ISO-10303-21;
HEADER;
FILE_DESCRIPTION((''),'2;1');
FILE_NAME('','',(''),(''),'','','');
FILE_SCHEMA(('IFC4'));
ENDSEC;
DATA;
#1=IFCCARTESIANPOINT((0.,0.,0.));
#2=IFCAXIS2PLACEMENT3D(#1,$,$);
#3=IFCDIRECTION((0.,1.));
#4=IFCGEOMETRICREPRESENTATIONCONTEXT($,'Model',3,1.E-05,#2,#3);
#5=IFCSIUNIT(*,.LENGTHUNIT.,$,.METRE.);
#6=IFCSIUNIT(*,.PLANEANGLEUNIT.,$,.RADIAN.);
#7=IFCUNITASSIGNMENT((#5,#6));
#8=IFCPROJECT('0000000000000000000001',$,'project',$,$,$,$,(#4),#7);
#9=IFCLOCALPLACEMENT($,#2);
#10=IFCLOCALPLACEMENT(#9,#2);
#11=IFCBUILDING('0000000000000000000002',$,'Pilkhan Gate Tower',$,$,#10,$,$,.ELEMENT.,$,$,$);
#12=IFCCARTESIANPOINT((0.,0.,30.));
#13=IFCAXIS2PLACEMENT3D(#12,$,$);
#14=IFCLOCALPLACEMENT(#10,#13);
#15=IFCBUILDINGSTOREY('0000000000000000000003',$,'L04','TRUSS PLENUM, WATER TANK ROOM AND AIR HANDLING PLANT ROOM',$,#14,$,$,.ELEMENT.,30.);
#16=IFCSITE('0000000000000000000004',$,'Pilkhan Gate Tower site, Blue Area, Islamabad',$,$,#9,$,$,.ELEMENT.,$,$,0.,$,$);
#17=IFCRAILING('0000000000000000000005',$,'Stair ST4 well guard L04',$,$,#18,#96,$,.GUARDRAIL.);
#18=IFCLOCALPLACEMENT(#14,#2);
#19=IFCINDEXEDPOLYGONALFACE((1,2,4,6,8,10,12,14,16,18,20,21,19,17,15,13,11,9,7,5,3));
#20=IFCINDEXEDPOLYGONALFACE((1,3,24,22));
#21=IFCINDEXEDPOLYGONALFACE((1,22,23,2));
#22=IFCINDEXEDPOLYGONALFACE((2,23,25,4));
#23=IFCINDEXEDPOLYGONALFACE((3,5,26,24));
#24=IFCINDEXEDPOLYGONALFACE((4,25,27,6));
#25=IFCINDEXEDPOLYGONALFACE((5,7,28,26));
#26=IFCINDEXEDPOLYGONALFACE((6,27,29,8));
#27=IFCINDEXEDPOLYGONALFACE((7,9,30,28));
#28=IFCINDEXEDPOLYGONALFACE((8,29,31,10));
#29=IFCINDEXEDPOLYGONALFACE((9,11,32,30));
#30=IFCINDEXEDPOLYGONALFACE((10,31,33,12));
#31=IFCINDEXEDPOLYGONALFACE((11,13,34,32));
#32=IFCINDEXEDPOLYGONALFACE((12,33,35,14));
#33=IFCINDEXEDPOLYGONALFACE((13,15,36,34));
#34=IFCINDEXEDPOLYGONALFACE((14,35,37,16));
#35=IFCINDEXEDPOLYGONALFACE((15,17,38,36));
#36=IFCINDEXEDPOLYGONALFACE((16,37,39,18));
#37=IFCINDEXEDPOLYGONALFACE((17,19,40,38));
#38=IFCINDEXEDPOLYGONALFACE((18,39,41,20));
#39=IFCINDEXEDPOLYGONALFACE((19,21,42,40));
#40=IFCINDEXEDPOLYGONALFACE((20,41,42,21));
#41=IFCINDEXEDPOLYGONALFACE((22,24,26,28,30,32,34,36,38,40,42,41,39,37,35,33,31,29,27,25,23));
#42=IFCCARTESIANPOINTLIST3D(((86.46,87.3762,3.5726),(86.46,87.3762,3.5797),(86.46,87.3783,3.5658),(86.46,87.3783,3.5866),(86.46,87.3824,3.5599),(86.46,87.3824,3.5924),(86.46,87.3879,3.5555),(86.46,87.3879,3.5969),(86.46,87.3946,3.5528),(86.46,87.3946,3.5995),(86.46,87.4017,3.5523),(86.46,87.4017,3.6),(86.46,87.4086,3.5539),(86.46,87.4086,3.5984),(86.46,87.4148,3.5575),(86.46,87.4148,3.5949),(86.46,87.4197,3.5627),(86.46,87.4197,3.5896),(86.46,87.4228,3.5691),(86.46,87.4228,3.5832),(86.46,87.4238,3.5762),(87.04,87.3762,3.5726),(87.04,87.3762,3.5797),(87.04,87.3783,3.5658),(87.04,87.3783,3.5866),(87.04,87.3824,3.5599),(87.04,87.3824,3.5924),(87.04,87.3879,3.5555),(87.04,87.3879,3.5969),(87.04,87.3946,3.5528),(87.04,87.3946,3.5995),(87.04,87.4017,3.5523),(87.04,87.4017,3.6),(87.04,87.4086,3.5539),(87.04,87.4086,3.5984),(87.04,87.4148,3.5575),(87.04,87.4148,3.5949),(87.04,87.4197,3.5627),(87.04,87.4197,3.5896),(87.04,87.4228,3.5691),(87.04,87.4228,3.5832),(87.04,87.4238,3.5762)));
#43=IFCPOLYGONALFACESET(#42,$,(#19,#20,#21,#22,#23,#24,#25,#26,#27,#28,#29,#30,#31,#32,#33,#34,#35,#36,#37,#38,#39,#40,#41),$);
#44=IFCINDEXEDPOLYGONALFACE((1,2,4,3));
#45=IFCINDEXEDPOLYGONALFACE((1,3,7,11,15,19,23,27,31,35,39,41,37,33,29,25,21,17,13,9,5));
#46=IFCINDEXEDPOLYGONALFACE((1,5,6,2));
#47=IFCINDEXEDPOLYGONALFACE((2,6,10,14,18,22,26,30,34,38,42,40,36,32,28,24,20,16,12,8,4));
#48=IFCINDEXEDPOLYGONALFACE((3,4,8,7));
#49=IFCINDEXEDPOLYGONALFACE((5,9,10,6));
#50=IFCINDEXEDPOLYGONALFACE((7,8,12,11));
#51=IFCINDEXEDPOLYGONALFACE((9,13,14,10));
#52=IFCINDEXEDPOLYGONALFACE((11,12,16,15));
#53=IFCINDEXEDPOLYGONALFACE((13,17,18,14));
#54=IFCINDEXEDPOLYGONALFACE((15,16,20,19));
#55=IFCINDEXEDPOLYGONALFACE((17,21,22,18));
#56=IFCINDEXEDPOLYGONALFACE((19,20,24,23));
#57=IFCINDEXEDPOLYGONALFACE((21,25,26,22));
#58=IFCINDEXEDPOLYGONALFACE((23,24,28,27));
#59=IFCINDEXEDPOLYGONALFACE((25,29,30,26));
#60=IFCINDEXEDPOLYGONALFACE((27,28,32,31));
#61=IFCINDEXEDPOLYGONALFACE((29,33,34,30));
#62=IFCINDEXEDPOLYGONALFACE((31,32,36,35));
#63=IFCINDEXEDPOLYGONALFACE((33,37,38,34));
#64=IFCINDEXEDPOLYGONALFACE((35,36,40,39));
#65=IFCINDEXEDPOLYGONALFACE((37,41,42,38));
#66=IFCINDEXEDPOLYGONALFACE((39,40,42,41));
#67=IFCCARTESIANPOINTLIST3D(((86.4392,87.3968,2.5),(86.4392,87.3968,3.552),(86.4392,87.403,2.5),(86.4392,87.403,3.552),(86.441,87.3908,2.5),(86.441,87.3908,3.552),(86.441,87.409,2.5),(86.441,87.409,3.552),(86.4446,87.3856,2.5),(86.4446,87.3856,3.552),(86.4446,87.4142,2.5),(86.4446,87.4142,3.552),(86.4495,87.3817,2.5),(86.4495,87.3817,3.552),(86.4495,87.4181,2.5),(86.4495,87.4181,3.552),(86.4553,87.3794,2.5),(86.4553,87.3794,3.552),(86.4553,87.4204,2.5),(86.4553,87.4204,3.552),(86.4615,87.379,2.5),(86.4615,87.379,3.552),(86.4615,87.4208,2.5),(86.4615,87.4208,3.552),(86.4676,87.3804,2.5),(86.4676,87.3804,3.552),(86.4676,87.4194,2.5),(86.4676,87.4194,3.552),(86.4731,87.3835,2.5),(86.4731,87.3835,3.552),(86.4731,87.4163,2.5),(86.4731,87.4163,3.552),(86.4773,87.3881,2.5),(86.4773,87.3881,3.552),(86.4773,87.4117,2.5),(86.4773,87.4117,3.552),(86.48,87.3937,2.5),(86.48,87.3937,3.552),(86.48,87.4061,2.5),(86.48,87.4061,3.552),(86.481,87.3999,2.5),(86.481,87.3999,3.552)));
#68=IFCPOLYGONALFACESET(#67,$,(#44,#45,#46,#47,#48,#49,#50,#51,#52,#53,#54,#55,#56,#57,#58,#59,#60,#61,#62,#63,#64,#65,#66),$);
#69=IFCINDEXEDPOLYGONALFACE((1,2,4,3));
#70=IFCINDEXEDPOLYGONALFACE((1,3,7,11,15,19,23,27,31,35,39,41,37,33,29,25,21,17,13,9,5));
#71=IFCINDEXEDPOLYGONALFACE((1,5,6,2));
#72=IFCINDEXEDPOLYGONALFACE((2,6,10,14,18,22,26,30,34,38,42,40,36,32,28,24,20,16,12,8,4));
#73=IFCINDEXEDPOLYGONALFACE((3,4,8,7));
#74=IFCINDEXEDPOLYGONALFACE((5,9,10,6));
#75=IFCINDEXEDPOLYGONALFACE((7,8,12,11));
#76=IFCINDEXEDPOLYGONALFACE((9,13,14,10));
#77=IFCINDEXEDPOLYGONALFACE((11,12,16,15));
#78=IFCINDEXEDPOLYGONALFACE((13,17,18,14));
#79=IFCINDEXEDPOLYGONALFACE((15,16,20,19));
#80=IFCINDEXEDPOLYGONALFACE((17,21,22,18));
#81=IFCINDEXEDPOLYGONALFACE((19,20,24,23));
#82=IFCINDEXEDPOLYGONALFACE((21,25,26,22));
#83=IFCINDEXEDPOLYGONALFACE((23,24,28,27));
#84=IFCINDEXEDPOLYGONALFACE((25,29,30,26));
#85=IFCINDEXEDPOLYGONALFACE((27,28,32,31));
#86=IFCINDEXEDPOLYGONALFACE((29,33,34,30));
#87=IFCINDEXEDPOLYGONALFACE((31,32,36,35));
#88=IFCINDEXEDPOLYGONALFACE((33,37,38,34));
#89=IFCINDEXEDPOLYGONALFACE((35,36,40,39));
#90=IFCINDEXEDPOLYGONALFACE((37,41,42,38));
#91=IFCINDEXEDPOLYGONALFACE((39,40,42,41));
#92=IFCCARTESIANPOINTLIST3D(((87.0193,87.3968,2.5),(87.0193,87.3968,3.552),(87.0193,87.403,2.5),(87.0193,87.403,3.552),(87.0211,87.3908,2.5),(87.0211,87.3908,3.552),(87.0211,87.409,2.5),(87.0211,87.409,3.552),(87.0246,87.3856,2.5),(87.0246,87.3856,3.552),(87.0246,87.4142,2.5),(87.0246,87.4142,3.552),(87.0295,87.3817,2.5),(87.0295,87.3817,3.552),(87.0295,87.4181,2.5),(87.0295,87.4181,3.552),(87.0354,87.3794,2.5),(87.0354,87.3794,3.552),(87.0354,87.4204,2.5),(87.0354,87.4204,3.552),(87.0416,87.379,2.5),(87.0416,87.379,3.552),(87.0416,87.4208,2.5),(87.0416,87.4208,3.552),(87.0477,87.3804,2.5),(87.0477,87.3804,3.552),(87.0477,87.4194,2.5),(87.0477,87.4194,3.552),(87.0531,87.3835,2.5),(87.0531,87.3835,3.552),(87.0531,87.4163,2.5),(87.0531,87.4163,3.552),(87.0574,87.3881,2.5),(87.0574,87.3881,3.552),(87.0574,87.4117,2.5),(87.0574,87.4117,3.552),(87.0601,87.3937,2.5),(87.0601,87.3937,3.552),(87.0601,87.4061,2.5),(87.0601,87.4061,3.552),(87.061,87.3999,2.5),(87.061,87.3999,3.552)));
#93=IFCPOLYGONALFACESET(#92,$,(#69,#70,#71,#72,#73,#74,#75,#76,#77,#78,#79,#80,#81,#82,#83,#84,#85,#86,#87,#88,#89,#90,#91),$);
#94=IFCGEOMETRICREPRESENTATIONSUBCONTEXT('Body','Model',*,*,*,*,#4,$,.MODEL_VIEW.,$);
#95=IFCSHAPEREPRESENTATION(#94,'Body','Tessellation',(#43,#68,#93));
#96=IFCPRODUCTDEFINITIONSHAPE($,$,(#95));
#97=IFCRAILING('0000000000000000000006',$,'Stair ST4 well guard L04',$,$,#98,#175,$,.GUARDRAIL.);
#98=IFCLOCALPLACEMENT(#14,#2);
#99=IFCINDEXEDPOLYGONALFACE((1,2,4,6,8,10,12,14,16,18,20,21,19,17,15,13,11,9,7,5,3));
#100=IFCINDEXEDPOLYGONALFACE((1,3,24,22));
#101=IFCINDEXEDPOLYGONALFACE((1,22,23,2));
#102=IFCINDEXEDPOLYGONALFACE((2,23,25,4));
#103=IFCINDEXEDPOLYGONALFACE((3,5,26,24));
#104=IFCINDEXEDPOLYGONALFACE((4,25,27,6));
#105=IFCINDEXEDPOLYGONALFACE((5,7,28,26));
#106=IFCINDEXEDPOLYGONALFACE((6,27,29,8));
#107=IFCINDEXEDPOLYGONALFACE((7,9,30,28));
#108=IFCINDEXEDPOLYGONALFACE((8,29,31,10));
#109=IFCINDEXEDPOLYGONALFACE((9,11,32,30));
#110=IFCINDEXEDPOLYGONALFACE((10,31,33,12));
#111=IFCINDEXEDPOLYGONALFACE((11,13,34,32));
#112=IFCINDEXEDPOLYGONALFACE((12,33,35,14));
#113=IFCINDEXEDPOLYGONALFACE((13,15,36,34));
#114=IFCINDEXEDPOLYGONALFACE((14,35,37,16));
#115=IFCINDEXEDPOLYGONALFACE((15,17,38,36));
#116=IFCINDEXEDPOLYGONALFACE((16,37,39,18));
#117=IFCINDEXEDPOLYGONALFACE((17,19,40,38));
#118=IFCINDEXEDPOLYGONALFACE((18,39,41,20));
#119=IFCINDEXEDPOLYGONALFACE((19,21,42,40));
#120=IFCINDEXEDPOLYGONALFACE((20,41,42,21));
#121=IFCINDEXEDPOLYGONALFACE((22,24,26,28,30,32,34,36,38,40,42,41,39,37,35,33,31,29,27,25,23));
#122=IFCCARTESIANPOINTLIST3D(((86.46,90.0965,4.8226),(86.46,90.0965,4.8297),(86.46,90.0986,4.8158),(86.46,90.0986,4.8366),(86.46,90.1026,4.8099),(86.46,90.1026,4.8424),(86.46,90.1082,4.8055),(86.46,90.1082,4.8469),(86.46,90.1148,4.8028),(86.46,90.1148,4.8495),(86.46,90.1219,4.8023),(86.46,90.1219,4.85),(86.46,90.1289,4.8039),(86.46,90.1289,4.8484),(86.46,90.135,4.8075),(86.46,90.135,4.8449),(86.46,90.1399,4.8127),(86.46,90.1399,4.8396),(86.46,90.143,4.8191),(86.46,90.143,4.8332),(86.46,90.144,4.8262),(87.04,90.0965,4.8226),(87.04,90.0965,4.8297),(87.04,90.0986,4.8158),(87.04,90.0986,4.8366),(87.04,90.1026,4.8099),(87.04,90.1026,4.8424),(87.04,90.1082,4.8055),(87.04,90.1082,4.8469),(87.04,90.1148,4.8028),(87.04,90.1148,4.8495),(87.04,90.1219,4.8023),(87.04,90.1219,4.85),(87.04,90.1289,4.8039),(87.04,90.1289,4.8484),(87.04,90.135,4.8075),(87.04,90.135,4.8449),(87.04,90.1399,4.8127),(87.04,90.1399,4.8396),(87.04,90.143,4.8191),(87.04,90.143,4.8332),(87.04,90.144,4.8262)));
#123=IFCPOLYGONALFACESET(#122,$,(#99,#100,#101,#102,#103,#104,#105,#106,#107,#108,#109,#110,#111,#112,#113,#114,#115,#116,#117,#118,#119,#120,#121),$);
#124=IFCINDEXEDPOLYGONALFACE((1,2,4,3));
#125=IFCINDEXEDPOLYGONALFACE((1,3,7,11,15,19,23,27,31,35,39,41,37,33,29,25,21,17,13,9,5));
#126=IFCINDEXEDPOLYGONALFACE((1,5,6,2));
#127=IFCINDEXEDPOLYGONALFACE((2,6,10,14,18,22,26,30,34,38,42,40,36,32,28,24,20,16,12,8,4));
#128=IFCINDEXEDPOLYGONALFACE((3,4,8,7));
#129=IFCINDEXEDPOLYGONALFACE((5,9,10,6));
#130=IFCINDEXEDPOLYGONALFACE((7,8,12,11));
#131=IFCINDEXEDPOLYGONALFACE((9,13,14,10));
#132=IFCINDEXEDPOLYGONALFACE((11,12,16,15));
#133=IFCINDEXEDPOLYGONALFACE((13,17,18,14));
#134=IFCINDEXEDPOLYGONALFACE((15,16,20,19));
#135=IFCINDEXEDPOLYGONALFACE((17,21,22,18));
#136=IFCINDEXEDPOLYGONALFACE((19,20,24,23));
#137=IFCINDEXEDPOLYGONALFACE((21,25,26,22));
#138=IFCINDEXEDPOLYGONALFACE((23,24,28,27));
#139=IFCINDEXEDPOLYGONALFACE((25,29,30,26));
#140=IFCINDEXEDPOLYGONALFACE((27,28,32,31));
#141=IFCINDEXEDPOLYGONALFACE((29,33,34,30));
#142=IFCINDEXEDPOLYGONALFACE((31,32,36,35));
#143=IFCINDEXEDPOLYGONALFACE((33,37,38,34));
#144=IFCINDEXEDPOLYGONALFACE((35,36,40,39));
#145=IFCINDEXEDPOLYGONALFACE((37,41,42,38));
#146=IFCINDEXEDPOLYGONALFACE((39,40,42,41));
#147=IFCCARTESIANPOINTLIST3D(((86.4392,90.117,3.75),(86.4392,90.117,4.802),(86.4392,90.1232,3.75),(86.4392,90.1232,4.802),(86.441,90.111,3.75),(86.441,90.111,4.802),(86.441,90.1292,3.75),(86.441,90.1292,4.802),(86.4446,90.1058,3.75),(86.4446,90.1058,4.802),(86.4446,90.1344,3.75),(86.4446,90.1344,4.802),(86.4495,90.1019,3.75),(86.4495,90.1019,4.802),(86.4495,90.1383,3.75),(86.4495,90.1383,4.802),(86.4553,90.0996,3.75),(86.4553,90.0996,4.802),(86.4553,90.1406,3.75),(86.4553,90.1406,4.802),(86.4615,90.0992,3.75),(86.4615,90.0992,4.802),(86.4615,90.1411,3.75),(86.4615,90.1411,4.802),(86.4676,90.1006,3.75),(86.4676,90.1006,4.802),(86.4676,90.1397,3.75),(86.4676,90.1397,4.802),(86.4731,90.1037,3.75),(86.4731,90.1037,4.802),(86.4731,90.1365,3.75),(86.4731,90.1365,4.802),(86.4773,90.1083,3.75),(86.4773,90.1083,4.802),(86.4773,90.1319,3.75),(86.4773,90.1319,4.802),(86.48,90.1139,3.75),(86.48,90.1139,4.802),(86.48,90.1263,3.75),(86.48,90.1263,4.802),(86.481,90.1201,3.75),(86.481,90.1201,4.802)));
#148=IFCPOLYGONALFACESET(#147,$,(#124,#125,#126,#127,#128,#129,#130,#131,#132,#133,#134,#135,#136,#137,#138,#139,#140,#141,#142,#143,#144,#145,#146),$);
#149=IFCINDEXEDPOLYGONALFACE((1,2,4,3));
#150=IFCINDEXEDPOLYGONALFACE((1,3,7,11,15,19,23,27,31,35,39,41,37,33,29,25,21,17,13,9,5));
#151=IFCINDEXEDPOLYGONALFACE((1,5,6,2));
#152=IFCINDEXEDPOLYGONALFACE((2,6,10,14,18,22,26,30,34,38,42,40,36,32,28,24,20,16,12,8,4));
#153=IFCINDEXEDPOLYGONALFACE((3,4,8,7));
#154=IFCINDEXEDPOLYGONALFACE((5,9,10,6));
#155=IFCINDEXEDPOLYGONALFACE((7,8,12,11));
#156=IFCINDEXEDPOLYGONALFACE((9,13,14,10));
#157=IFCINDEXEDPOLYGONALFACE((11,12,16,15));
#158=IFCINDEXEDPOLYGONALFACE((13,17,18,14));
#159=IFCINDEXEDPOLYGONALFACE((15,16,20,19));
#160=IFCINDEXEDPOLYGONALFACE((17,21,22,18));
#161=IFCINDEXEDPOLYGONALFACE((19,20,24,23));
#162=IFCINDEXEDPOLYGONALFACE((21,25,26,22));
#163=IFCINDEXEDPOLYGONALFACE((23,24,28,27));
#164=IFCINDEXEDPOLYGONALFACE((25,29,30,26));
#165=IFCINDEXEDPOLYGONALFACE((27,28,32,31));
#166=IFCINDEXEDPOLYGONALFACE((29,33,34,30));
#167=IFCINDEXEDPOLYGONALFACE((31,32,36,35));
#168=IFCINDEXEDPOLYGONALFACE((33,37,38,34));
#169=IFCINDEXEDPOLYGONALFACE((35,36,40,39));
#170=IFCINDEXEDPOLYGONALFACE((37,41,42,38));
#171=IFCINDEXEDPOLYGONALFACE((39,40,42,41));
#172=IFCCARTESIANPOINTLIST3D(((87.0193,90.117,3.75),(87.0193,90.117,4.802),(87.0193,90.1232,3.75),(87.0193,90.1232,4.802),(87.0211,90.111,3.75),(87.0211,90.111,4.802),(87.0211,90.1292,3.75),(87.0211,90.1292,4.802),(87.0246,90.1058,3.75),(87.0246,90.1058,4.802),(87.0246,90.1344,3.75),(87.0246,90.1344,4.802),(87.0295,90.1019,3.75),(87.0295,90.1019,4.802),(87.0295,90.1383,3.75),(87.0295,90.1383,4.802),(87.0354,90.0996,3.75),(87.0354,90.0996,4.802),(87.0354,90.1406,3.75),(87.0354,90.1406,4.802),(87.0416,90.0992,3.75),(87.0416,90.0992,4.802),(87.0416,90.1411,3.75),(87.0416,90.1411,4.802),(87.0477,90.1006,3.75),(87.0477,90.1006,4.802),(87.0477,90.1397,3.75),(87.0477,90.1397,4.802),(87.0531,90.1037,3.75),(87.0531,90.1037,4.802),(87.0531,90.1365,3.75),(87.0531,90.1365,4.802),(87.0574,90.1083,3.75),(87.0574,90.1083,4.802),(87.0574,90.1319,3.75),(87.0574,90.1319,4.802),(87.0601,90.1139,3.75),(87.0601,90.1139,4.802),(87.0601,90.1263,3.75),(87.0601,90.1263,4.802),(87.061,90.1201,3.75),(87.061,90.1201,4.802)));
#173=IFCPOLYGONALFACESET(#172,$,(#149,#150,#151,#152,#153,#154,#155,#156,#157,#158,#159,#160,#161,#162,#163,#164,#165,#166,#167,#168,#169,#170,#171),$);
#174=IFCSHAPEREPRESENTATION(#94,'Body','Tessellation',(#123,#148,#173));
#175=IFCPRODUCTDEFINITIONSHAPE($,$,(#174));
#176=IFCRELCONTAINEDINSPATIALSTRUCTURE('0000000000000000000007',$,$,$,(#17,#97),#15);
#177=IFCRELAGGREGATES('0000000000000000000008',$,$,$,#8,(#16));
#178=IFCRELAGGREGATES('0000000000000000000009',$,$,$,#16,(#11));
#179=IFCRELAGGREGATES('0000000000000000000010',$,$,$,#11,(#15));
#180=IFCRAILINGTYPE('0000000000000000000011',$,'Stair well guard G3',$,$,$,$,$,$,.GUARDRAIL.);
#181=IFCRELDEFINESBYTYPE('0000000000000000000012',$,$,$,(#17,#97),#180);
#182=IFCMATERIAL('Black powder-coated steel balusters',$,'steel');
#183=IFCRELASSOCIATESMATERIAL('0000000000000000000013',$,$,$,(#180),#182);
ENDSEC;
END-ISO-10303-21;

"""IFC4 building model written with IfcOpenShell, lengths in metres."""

from ifc_helpers import new_model, si_unit, direction, frame, origin, origin_2d, place, context, subcontext, project, spatial, circle, extrude, material, type_object, element, save


model = new_model("IFC4")

# Units and contexts
model_context = context("Model", 3, precision=1e-05, world=origin(), true_north=direction((0.0, 1.0)))
body_context = subcontext(model_context, "Body", "Model", "MODEL_VIEW")
ifc_project = project(units=[si_unit("LENGTHUNIT", "METRE"), si_unit("PLANEANGLEUNIT", "RADIAN")], contexts=[model_context])

# Site, building, storey
site_placement = place(None, origin())
site = spatial("IfcSite", under=ifc_project, at=site_placement, Name="Pilkhan Gate Tower site, Blue Area, Islamabad", CompositionType="ELEMENT", RefElevation=0.0)
building_placement = place(site_placement, origin())
building = spatial("IfcBuilding", under=site, at=building_placement, Name="Pilkhan Gate Tower", CompositionType="ELEMENT")
storey_placement = place(building_placement, frame((0.0, 0.0, 30.0)))
storey = spatial("IfcBuildingStorey", under=building, at=storey_placement, Name="L04", Description="TRUSS PLENUM, WATER TANK ROOM AND AIR HANDLING PLANT ROOM", CompositionType="ELEMENT", Elevation=30.0)

# Railings
ifc_material_1 = material(Name="Black powder-coated steel balusters", Category="steel")
railing_type_1 = type_object("IfcRailingType", Name="Stair well guard G3", PredefinedType="GUARDRAIL", material=ifc_material_1)
for number, where, name in (
    (1, (86.46, 87.3999, 2.5), "Stair ST4 well guard L04"),
    (2, (86.46, 90.1201, 3.75), "Stair ST4 well guard L04"),
):
    element("IfcRailing", number, at=place(storey_placement, frame(where)), inside=storey, type_object=railing_type_1, Name=name, PredefinedType="GUARDRAIL", context=body_context, shape_type="SweptSolid", body=[
        extrude(circle(Radius=0.0239, at=origin_2d()), frame((0.0, 0.0, 1.0762), z_axis=(1.0, 0.0, 0.0), x_axis=(0.0, 1.0, 0.0)), (0.0, 0.0, 1.0), 0.5801),
        extrude(circle(Radius=0.021, at=origin_2d()), origin(), (0.0, 0.0, 1.0), 1.052),
        extrude(circle(Radius=0.021, at=origin_2d()), frame((0.5801, 0.0, 0.0)), (0.0, 0.0, 1.0), 1.052),
    ])

save(model, "model.ifc")
